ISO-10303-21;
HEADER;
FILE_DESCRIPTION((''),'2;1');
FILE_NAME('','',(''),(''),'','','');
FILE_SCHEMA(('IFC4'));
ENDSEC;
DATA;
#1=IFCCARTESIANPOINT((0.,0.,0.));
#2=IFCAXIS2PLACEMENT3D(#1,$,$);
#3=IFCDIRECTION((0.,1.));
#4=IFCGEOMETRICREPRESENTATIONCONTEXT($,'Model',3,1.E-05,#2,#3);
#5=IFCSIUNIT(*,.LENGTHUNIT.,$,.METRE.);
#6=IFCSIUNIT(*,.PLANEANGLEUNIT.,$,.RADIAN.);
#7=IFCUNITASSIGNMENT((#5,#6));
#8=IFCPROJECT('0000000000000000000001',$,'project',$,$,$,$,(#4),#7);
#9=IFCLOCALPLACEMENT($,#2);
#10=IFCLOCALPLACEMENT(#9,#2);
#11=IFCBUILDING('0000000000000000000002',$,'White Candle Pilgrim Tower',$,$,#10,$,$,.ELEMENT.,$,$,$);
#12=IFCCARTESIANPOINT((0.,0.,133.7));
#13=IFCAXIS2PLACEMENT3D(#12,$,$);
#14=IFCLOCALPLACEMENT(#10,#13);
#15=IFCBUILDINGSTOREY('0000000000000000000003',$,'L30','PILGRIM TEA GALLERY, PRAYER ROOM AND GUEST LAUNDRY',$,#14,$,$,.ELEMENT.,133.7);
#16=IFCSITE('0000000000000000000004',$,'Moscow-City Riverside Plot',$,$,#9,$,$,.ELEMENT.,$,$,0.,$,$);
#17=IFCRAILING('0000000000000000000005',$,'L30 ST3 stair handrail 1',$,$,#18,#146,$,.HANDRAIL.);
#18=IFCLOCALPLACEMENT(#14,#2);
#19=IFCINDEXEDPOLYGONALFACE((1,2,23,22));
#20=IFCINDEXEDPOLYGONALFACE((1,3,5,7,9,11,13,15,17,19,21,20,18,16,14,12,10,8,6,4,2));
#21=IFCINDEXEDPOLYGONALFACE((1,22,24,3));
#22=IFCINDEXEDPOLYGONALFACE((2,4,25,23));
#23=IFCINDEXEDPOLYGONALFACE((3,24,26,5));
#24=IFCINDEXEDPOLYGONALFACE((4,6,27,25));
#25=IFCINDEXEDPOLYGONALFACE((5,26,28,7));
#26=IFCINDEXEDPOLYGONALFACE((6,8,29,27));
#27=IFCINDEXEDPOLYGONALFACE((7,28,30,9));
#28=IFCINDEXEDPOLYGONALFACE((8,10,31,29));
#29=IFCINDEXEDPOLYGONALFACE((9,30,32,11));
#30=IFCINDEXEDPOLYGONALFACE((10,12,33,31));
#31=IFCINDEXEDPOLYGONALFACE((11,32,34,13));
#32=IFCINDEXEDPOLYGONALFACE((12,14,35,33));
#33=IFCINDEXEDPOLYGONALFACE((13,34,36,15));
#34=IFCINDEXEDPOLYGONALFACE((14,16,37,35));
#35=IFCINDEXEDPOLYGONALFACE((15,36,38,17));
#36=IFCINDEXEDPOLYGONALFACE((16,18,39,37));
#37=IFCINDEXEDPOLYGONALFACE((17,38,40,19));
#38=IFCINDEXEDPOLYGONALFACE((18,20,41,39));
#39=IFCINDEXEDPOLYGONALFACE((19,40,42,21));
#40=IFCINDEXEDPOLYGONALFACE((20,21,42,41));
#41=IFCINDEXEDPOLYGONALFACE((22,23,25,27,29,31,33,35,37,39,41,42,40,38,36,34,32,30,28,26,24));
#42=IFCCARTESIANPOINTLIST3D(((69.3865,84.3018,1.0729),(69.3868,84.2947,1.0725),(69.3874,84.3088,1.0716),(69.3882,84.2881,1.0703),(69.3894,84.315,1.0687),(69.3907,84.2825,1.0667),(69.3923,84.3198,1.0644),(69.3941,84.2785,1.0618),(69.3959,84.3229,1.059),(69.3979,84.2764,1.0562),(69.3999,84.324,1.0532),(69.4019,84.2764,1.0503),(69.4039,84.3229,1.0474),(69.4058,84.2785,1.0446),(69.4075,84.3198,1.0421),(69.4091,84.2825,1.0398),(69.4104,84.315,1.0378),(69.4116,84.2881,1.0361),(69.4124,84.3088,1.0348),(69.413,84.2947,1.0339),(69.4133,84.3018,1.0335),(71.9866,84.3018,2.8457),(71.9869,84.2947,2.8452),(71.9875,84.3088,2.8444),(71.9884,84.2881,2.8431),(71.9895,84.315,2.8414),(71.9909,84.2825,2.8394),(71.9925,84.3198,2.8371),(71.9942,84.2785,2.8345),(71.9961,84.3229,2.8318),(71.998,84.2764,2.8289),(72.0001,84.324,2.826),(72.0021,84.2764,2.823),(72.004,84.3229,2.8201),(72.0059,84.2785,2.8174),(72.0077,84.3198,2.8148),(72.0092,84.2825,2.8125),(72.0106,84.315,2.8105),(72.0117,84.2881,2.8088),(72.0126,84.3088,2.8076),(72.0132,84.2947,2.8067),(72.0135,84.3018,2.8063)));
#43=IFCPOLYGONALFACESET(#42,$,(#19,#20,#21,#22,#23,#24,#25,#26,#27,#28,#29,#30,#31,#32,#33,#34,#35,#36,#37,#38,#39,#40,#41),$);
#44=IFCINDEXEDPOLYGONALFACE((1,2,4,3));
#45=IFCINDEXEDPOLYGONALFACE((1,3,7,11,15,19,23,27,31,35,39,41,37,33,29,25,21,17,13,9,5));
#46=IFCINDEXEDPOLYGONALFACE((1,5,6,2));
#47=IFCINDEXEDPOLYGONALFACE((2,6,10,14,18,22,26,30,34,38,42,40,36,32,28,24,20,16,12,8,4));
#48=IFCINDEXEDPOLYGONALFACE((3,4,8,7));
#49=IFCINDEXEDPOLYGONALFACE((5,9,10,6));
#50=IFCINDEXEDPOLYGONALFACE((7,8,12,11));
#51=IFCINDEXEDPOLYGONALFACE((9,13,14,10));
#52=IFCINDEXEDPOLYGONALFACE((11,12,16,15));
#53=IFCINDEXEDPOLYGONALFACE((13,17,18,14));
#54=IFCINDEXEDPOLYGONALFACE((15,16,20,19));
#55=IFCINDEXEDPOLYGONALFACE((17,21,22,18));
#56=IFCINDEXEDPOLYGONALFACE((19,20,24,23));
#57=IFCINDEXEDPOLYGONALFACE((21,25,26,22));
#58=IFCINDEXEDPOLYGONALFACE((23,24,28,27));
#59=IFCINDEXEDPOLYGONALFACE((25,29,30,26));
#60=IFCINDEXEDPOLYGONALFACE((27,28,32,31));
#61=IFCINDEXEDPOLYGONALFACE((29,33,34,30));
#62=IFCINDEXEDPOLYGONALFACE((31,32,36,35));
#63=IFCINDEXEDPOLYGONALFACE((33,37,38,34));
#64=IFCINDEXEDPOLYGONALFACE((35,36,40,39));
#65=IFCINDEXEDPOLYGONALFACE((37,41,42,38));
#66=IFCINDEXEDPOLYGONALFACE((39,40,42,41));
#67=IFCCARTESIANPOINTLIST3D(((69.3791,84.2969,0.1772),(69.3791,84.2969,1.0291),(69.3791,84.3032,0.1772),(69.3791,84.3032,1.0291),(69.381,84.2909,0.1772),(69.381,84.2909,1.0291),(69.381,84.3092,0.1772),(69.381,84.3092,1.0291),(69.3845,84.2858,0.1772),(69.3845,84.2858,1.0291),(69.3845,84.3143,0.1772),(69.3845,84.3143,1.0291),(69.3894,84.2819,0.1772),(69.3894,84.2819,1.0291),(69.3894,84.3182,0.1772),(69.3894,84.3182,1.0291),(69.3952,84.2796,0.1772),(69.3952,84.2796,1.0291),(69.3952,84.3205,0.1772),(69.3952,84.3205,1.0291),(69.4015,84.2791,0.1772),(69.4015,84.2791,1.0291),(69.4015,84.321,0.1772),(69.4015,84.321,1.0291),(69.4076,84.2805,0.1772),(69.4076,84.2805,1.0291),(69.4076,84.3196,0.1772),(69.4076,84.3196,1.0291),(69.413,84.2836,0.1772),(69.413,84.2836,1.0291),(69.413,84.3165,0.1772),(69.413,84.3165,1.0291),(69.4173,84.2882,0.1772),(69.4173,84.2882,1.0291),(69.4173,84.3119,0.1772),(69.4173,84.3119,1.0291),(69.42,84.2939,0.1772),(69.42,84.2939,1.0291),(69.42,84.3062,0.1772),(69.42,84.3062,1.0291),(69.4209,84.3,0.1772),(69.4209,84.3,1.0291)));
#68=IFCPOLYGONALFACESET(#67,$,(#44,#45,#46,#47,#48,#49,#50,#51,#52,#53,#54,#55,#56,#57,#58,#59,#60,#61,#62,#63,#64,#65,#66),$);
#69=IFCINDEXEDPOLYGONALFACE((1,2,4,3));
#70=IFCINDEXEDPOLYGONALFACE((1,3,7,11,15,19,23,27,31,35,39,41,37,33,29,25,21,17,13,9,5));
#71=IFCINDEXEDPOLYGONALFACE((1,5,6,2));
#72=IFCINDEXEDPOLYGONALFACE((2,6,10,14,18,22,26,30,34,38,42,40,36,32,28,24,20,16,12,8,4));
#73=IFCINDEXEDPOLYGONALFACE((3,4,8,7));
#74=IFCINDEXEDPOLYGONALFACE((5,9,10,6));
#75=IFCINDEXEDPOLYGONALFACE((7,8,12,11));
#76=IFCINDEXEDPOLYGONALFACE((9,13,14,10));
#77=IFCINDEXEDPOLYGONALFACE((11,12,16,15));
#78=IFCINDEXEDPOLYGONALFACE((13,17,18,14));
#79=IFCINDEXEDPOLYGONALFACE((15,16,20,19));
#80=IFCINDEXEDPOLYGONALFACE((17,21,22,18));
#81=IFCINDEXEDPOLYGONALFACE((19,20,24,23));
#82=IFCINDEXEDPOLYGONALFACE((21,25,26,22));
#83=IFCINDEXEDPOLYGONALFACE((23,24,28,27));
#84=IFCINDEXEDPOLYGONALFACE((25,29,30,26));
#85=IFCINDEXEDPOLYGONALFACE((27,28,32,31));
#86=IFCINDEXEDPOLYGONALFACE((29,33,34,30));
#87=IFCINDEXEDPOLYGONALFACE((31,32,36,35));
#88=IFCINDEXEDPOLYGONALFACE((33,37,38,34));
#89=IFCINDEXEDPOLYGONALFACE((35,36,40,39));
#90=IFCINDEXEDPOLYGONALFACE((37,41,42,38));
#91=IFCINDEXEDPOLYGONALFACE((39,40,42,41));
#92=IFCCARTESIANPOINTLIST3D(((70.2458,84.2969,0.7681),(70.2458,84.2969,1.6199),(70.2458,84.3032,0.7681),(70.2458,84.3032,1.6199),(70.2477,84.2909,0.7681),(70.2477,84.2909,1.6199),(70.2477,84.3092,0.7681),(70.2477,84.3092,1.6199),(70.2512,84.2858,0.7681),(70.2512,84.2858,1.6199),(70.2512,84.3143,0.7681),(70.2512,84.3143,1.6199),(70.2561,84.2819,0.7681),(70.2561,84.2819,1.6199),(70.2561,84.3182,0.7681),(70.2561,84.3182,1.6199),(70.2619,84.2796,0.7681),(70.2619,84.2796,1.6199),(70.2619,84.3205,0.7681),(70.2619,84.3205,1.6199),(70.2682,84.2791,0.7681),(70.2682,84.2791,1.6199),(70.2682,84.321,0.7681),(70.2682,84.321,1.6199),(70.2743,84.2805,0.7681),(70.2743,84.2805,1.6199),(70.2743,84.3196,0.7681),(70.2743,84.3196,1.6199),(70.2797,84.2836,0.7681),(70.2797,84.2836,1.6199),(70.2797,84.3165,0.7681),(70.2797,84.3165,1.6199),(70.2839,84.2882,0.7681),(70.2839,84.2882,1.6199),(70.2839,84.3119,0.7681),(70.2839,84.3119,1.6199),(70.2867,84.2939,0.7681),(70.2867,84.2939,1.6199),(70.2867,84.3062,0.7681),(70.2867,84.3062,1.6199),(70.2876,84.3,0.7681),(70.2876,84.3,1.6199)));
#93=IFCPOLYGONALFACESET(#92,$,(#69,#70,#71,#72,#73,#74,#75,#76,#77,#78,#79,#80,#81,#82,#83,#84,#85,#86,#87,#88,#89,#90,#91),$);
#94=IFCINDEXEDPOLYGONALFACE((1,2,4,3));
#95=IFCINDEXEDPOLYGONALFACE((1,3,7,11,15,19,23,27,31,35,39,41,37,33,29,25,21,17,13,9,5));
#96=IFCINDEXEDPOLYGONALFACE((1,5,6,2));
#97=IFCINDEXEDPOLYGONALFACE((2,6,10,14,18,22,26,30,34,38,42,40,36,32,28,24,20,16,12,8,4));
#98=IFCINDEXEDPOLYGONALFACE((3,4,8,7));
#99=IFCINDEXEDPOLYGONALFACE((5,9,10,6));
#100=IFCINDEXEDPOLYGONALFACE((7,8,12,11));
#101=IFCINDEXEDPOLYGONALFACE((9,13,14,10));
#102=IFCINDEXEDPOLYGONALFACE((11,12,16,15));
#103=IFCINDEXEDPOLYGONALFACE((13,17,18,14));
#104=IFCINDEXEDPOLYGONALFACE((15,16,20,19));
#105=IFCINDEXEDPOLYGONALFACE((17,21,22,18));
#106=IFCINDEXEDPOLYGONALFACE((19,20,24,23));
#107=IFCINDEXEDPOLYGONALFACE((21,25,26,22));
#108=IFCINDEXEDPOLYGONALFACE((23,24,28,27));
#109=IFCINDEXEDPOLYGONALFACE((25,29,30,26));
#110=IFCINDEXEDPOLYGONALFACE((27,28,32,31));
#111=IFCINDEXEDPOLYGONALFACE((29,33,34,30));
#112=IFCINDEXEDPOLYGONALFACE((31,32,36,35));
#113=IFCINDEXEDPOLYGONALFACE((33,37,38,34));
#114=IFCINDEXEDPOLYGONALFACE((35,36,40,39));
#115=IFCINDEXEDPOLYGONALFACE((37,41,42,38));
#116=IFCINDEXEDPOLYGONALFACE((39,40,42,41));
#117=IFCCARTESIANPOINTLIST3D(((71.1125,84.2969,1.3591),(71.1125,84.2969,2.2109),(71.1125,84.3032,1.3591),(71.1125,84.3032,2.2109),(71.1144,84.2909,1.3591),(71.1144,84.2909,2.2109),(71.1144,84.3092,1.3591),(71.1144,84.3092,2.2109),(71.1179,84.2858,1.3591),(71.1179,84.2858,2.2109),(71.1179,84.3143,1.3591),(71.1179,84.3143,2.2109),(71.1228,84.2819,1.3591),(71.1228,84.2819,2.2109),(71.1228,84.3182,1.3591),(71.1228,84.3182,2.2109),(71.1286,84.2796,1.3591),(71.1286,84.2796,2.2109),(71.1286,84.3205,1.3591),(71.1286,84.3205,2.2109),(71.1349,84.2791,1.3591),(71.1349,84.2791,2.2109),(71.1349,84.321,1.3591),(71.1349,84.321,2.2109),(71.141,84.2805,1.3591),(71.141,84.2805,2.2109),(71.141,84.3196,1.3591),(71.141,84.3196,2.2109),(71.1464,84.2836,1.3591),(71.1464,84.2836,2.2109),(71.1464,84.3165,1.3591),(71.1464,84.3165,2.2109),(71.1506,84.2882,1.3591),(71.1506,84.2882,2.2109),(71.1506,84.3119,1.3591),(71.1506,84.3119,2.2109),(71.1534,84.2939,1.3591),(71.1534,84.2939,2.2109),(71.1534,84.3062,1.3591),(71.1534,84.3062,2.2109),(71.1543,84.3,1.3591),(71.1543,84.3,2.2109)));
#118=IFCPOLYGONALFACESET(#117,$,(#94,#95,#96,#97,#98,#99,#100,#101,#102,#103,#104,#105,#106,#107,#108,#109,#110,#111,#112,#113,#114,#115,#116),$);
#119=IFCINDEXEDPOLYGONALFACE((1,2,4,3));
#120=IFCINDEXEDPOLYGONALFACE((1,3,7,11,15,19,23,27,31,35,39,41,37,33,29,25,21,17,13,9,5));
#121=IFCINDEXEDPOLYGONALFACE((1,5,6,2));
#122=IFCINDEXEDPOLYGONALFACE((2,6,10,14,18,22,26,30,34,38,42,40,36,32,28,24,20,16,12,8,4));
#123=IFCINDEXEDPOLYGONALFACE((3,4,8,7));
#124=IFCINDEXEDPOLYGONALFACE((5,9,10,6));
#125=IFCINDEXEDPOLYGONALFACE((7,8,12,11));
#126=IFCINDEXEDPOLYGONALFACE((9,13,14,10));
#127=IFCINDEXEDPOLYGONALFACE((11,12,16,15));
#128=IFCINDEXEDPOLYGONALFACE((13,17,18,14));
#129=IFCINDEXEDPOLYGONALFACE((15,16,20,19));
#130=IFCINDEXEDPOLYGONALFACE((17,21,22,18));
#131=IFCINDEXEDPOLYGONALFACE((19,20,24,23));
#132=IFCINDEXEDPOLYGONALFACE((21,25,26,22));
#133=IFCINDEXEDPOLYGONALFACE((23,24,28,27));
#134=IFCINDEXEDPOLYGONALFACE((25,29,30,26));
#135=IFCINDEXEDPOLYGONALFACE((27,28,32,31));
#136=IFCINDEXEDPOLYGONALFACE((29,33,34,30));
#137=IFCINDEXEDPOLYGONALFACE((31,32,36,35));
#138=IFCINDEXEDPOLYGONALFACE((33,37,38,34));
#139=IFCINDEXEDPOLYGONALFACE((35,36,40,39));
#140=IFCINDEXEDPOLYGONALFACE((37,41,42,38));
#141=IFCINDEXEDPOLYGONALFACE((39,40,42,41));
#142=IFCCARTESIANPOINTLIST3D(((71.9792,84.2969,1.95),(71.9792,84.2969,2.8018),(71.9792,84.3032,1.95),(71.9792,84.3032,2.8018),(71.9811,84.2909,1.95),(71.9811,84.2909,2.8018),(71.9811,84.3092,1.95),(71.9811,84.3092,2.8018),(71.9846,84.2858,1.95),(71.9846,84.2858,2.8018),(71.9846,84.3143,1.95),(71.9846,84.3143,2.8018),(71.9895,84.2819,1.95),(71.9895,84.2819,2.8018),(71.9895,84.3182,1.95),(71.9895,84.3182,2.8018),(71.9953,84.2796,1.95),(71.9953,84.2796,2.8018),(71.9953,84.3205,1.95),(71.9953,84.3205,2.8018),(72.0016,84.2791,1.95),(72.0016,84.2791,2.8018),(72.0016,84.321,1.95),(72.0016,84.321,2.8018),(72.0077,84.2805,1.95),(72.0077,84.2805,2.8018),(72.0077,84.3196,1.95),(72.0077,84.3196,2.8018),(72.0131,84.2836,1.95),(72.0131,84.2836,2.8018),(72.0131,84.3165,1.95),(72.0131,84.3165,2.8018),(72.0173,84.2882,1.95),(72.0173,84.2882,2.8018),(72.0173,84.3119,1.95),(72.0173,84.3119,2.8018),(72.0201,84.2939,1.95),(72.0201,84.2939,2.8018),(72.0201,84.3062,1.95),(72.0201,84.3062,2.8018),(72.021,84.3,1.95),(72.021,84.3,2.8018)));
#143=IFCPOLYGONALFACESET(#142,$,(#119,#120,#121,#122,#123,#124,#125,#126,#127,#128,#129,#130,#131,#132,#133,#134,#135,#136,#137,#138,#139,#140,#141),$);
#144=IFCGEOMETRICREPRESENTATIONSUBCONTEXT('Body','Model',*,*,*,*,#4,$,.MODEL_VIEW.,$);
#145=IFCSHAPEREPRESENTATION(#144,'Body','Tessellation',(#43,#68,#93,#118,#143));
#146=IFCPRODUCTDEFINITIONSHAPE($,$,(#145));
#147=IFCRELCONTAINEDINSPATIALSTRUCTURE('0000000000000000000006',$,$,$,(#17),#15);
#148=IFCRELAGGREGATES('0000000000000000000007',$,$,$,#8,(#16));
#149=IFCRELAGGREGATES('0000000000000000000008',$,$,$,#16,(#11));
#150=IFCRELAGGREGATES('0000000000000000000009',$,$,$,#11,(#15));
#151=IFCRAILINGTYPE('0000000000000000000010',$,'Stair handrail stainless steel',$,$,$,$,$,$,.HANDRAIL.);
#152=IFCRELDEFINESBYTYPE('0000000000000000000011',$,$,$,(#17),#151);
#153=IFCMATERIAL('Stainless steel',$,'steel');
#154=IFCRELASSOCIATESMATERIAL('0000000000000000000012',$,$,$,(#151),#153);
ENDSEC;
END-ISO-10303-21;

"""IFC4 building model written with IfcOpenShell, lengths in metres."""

from ifc_helpers import new_model, si_unit, direction, frame, origin, origin_2d, place, context, subcontext, project, spatial, circle, extrude, material, type_object, element, save


model = new_model("IFC4")

# Units and contexts
model_context = context("Model", 3, precision=1e-05, world=origin(), true_north=direction((0.0, 1.0)))
body_context = subcontext(model_context, "Body", "Model", "MODEL_VIEW")
ifc_project = project(units=[si_unit("LENGTHUNIT", "METRE"), si_unit("PLANEANGLEUNIT", "RADIAN")], contexts=[model_context])

# Site, building, storey
site_placement = place(None, origin())
site = spatial("IfcSite", under=ifc_project, at=site_placement, Name="Moscow-City Riverside Plot", CompositionType="ELEMENT", RefElevation=0.0)
building_placement = place(site_placement, origin())
building = spatial("IfcBuilding", under=site, at=building_placement, Name="White Candle Pilgrim Tower", CompositionType="ELEMENT")
storey_placement = place(building_placement, frame((0.0, 0.0, 133.7)))
storey = spatial("IfcBuildingStorey", under=building, at=storey_placement, Name="L30", Description="PILGRIM TEA GALLERY, PRAYER ROOM AND GUEST LAUNDRY", CompositionType="ELEMENT", Elevation=133.7)

# Railing
ifc_material_1 = material(Name="Stainless steel", Category="steel")
railing_type_1 = type_object("IfcRailingType", Name="Stair handrail stainless steel", PredefinedType="HANDRAIL", material=ifc_material_1)
railing_1_placement = place(storey_placement, frame((69.3999, 84.3, 0.1772)))
element("IfcRailing", 1, at=railing_1_placement, inside=storey, type_object=railing_type_1, Name="L30 ST3 stair handrail 1", PredefinedType="HANDRAIL", context=body_context, shape_type="SweptSolid", body=[
    extrude(circle(Radius=0.0239, at=origin_2d()), frame((0.0, 0.0, 0.876), z_axis=(0.82624, 0.0, 0.563318), x_axis=(0.0, 1.0, 0.0)), (0.0, 0.0, 1.0), 3.147),
    extrude(circle(Radius=0.021, at=origin_2d()), origin(), (0.0, 0.0, 1.0), 0.8518),
    extrude(circle(Radius=0.021, at=origin_2d()), frame((0.8667, 0.0, 0.5908)), (0.0, 0.0, 1.0), 0.8518),
    extrude(circle(Radius=0.021, at=origin_2d()), frame((1.7334, 0.0, 1.1819)), (0.0, 0.0, 1.0), 0.8518),
    extrude(circle(Radius=0.021, at=origin_2d()), frame((2.6001, 0.0, 1.7727)), (0.0, 0.0, 1.0), 0.8518),
])

save(model, "model.ifc")
